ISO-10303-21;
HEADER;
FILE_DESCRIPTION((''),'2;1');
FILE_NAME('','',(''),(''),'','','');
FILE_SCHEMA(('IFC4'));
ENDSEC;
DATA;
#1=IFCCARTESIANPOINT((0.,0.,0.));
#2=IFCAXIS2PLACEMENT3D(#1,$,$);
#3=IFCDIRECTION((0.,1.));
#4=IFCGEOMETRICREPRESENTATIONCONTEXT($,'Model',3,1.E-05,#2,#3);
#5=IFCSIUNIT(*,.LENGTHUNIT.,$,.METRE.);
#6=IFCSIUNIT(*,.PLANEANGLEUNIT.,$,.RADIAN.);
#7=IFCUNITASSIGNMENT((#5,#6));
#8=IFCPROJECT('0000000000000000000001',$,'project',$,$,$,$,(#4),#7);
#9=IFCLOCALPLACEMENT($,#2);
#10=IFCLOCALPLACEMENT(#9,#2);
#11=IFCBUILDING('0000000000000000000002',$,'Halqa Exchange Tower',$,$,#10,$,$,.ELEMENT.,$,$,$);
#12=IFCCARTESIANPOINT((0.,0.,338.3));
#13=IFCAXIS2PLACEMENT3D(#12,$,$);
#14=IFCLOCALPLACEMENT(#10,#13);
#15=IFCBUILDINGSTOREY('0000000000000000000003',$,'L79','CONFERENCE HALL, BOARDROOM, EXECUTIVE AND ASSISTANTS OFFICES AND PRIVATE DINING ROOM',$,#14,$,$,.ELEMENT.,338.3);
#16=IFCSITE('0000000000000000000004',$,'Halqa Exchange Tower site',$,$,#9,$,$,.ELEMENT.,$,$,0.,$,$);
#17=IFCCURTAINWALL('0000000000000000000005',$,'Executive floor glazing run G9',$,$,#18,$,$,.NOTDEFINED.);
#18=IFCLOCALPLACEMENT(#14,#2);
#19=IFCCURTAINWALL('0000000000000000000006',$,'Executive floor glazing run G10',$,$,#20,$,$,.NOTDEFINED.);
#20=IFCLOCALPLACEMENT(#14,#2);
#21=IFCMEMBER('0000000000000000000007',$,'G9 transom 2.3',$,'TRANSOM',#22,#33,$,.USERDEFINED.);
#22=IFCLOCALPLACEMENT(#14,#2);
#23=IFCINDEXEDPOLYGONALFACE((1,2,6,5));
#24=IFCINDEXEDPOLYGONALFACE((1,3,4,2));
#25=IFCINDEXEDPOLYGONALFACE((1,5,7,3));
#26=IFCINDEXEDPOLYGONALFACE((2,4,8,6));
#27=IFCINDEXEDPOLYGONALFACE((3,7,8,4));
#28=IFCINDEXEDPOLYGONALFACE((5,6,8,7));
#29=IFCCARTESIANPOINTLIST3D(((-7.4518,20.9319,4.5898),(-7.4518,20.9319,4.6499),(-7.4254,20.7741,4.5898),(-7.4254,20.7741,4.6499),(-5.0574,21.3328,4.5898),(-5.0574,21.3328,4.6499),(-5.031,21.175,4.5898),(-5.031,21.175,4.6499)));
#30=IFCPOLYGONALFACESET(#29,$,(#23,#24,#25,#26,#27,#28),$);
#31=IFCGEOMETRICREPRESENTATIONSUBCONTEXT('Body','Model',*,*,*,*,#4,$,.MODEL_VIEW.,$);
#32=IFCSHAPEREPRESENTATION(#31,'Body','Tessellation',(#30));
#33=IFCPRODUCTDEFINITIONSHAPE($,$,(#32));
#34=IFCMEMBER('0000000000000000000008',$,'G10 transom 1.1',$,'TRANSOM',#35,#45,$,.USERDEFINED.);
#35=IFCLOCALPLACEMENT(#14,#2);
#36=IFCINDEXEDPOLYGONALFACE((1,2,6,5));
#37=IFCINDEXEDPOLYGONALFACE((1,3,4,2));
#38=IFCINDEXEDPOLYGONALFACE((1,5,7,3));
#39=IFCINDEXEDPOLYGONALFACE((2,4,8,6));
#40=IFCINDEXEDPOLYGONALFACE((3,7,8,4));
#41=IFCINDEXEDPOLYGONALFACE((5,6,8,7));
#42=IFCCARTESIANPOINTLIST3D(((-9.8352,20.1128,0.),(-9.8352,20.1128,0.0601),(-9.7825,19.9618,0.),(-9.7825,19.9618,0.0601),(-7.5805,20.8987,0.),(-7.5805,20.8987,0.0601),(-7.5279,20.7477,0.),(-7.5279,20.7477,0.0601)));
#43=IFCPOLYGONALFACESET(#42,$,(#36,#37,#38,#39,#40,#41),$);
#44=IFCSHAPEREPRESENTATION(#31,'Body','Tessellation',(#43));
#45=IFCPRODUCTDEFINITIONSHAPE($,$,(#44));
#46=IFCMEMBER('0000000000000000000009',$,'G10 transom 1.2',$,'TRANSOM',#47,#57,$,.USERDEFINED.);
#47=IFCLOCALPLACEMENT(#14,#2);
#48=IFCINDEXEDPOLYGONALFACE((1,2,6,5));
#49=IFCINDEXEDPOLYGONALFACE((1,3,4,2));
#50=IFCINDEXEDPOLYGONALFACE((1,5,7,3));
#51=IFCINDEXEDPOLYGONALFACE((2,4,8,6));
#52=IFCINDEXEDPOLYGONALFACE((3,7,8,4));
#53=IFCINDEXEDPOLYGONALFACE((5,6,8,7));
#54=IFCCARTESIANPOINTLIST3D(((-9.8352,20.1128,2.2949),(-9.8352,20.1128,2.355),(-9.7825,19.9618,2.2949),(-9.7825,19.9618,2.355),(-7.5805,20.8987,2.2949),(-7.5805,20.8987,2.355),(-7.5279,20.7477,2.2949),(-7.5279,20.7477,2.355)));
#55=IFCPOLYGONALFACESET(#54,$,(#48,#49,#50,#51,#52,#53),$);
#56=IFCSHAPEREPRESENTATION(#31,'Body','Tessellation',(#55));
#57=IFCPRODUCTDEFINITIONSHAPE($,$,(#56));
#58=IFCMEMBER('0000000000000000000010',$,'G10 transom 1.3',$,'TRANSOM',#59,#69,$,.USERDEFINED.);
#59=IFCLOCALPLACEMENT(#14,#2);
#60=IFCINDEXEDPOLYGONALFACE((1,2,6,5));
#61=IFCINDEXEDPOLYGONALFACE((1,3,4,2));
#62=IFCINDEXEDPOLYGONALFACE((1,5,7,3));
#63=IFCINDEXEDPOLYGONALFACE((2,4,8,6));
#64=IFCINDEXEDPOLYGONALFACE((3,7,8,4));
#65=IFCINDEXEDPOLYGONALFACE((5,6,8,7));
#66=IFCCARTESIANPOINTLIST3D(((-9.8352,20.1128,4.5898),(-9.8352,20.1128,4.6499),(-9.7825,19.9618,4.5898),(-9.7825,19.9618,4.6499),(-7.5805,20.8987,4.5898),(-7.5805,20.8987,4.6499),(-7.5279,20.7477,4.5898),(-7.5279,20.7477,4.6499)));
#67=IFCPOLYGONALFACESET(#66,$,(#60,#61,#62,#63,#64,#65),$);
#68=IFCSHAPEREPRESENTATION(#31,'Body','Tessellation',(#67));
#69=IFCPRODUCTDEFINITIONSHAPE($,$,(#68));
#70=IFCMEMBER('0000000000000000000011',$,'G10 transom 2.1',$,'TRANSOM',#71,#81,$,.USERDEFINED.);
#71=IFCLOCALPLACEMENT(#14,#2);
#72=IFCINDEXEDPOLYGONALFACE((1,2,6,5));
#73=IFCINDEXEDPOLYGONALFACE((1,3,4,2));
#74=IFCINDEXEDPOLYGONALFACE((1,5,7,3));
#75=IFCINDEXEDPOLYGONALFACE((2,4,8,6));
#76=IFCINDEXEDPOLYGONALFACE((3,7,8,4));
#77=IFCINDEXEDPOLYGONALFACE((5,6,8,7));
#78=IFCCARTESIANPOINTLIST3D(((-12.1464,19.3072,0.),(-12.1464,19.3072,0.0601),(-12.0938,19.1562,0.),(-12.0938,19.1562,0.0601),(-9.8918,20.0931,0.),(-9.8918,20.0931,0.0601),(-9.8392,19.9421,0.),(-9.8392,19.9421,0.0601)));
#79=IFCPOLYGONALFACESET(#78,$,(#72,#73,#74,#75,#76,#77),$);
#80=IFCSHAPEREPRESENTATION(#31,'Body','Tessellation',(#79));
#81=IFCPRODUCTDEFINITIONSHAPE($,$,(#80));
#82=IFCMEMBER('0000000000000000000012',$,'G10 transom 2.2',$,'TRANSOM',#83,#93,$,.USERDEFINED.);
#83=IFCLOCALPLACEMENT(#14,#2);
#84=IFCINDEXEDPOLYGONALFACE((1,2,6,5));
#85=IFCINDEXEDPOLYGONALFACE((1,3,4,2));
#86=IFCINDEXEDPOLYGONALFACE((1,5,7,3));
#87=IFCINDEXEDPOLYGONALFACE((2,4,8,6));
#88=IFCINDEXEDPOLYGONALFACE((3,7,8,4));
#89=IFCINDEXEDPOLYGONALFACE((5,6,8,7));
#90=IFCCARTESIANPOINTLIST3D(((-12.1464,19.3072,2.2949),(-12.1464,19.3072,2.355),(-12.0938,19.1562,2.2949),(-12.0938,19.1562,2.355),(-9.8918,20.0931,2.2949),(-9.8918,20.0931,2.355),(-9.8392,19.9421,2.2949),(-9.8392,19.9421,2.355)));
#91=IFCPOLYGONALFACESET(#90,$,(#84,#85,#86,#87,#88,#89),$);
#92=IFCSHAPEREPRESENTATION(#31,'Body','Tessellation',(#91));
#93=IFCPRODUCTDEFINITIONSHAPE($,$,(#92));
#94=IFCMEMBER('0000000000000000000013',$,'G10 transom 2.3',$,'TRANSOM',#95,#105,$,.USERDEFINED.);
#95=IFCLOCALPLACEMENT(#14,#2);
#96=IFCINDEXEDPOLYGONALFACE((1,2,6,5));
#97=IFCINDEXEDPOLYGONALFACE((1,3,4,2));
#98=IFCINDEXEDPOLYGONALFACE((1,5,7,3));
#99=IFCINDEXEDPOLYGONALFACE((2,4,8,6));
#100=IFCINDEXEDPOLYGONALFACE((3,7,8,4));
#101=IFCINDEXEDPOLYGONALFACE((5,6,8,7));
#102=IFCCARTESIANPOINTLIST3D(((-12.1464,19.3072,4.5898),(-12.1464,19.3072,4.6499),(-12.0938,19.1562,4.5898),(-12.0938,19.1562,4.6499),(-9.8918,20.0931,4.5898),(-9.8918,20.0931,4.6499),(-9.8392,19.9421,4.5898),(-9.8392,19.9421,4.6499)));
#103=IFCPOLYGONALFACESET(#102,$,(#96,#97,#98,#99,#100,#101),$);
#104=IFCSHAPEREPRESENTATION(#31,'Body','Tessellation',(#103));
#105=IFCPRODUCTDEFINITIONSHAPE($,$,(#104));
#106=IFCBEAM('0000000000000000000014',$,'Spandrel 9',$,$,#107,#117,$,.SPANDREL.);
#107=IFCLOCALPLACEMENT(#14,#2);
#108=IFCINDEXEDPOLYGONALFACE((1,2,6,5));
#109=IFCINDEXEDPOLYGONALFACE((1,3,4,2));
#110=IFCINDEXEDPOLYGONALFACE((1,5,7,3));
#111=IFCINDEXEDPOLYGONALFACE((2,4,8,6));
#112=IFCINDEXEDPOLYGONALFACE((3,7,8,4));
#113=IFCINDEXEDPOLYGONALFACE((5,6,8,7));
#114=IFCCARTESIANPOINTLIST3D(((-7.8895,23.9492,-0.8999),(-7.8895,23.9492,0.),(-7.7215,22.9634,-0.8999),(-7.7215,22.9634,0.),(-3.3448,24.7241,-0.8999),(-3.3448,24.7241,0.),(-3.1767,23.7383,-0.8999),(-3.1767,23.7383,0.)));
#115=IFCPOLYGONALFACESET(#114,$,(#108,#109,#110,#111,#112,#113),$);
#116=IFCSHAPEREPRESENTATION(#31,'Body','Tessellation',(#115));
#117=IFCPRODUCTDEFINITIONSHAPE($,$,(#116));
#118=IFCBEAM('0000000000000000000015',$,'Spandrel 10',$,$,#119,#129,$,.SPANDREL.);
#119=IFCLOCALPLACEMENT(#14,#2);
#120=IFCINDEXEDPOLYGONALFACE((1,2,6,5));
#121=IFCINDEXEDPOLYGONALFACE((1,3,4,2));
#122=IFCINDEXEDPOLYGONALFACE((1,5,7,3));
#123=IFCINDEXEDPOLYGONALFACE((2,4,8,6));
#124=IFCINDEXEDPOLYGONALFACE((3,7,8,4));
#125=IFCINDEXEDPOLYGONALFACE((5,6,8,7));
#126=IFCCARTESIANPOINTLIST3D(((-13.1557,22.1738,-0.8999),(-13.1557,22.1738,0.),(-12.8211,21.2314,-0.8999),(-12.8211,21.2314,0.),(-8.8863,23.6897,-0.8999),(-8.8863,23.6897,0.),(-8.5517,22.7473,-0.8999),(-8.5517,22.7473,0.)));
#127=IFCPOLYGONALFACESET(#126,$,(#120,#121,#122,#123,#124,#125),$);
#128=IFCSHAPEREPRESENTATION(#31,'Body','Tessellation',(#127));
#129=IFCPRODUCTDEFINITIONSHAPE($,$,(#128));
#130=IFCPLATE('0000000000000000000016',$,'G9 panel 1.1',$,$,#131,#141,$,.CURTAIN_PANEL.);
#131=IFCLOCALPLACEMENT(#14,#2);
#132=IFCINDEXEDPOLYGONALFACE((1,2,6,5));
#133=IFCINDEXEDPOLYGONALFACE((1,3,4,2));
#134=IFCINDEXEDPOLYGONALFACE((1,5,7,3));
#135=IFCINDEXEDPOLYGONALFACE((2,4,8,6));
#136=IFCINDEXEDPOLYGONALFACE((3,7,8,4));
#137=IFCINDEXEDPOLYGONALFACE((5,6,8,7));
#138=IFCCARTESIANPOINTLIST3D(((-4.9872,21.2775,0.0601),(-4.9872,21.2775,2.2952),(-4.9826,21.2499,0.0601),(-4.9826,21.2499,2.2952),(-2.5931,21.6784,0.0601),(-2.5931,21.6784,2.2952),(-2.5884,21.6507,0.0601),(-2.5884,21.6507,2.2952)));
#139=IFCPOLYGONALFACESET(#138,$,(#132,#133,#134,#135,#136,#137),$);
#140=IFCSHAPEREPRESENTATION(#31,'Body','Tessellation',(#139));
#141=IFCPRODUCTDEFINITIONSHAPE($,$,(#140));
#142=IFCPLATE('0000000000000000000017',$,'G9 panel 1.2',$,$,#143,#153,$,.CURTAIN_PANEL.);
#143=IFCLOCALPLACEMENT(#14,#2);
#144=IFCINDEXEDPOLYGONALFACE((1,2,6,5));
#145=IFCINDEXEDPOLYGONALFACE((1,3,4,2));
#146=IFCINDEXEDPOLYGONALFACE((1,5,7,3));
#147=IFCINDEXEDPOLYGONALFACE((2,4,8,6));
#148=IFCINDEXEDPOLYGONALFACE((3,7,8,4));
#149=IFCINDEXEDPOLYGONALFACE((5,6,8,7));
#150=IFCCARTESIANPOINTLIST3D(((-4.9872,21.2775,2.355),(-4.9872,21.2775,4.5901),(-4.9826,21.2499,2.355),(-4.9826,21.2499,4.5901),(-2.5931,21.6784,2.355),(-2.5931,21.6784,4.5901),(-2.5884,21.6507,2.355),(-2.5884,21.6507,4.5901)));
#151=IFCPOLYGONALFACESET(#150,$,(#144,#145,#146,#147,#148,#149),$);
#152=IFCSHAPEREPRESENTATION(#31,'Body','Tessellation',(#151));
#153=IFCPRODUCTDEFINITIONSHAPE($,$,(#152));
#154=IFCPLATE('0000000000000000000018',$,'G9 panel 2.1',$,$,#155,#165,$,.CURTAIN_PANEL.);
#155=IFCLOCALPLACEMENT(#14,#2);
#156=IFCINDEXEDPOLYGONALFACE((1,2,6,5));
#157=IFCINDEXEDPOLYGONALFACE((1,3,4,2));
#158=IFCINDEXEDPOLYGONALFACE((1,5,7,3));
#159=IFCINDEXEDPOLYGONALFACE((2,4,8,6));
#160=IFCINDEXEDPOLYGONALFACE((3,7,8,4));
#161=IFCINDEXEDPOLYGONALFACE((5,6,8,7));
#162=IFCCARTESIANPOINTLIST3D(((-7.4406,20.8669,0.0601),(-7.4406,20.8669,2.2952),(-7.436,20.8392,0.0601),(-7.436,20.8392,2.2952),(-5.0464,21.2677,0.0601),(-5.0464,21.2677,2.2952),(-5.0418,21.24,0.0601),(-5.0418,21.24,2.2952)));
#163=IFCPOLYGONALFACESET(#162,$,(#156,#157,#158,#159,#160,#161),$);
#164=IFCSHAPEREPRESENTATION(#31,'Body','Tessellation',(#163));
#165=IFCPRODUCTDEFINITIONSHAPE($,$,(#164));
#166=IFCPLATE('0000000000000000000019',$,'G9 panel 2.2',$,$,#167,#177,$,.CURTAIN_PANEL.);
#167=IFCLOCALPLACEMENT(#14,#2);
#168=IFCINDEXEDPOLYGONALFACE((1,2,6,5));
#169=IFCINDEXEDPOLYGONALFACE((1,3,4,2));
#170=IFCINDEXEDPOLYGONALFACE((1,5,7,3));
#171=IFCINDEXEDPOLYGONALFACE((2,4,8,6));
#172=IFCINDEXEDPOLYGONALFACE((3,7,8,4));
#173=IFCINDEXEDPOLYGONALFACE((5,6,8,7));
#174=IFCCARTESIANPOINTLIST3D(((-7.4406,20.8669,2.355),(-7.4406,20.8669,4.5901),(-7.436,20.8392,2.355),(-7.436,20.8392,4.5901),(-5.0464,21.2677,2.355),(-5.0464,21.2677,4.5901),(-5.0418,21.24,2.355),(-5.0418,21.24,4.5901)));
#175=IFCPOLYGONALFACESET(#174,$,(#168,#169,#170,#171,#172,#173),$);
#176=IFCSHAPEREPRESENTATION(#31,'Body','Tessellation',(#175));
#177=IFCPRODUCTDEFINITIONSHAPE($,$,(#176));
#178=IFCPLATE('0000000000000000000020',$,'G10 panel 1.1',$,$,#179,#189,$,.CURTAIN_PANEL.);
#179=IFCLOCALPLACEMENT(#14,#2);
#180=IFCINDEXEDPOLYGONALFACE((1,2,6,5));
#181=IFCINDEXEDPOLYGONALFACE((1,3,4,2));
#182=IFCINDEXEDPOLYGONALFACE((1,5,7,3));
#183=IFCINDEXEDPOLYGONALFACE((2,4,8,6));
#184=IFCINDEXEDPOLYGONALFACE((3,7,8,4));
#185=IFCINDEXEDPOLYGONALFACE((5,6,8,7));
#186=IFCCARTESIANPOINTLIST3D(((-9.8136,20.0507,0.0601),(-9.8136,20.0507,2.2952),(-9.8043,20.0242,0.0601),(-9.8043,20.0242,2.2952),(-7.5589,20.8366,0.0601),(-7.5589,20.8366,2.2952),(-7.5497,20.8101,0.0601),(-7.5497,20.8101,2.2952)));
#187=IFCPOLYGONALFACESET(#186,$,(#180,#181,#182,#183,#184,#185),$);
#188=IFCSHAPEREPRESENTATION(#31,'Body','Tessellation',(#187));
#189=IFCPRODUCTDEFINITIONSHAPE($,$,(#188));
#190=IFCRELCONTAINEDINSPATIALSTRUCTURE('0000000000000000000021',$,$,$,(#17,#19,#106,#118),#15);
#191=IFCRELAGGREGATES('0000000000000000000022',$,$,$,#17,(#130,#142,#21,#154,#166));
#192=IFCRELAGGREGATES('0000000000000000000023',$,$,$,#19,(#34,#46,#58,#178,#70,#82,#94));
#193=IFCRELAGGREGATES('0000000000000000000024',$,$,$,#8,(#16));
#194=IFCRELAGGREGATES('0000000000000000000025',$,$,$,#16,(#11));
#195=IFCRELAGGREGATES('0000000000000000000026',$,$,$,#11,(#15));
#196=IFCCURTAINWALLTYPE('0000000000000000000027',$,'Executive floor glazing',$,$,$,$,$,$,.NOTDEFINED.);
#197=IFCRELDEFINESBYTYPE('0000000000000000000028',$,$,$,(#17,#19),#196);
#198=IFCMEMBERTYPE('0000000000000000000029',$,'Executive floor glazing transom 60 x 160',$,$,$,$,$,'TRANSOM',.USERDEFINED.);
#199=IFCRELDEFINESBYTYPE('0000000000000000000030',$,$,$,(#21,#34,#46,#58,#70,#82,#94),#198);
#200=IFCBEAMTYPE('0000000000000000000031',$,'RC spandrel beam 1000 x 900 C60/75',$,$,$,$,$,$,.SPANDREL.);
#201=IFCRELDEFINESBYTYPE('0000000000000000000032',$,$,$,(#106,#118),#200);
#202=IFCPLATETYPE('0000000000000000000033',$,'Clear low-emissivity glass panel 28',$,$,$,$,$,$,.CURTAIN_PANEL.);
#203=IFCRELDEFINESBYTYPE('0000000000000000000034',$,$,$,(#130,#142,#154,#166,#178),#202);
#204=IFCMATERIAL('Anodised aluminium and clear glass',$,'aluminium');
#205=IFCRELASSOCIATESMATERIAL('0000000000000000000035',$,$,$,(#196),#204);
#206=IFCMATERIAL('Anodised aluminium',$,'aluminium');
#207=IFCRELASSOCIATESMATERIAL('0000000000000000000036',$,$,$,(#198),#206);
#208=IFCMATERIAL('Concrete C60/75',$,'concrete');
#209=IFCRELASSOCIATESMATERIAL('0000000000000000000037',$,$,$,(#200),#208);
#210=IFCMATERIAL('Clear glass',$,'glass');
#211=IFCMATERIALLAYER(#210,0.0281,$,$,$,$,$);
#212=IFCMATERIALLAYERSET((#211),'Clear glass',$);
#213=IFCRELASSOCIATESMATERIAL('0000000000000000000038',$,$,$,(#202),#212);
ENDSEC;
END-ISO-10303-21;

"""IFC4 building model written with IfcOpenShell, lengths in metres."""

from ifc_helpers import new_model, si_unit, direction, frame, origin, origin_2d, place, context, subcontext, project, spatial, rectangle, extrude, material, layer, layer_set, material_profile, profile_set, type_object, element, aggregate, save


model = new_model("IFC4")

# Units and contexts
model_context = context("Model", 3, precision=1e-05, world=origin(), true_north=direction((0.0, 1.0)))
body_context = subcontext(model_context, "Body", "Model", "MODEL_VIEW")
ifc_project = project(units=[si_unit("LENGTHUNIT", "METRE"), si_unit("PLANEANGLEUNIT", "RADIAN")], contexts=[model_context])

# Site, building, storey
site_placement = place(None, origin())
site = spatial("IfcSite", under=ifc_project, at=site_placement, Name="Halqa Exchange Tower site", CompositionType="ELEMENT", RefElevation=0.0)
building_placement = place(site_placement, origin())
building = spatial("IfcBuilding", under=site, at=building_placement, Name="Halqa Exchange Tower", CompositionType="ELEMENT")
storey_placement = place(building_placement, frame((0.0, 0.0, 338.3)))
storey = spatial("IfcBuildingStorey", under=building, at=storey_placement, Name="L79", Description="CONFERENCE HALL, BOARDROOM, EXECUTIVE AND ASSISTANTS OFFICES AND PRIVATE DINING ROOM", CompositionType="ELEMENT", Elevation=338.3)

# Curtain walls
ifc_material_1 = material(Name="Anodised aluminium and clear glass", Category="aluminium")
curtain_wall_type = type_object("IfcCurtainWallType", Name="Executive floor glazing", PredefinedType="NOTDEFINED", material=ifc_material_1)
curtain_wall_1_placement = place(storey_placement, origin())
curtain_wall_1 = element("IfcCurtainWall", 1, at=curtain_wall_1_placement, inside=storey, type_object=curtain_wall_type, Name="Executive floor glazing run G9", PredefinedType="NOTDEFINED")
ifc_material_2 = material(Name="Anodised aluminium", Category="aluminium")
curtain_wall_2_placement = place(storey_placement, origin())
curtain_wall_2 = element("IfcCurtainWall", 2, at=curtain_wall_2_placement, inside=storey, type_object=curtain_wall_type, Name="Executive floor glazing run G10", PredefinedType="NOTDEFINED")

# Members
ifc_material_profile_1 = material_profile(ifc_material_2, rectangle(XDim=0.1599, YDim=0.0601, at=origin_2d()), Name="AL 60x160")
ifc_profile_set_1 = profile_set([ifc_material_profile_1], Name="Anodised aluminium")
member_type_1 = type_object("IfcMemberType", Name="Executive floor glazing transom 60 x 160", ElementType="TRANSOM", PredefinedType="USERDEFINED", material=ifc_profile_set_1)
member_1_placement = place(storey_placement, frame((-5.0442, 21.2539, 4.6199), z_axis=(-0.986271, -0.165133, 0.0), x_axis=(0.165133, -0.986271, 0.0)))
member_1 = element("IfcMember", 3, at=member_1_placement, type_object=member_type_1, Name="G9 transom 2.3", ObjectType="TRANSOM", PredefinedType="USERDEFINED", context=body_context, shape_type="SweptSolid", body=[
    extrude(rectangle(XDim=0.1599, YDim=0.0601, at=origin_2d()), origin(), (0.0, 0.0, 1.0), 2.4277),
])
member_2_placement = place(storey_placement, frame((-7.5542, 20.8232, 0.03), z_axis=(-0.94428, -0.329143, 0.0), x_axis=(0.329143, -0.94428, 0.0)))
member_2 = element("IfcMember", 4, at=member_2_placement, type_object=member_type_1, Name="G10 transom 1.1", ObjectType="TRANSOM", PredefinedType="USERDEFINED", context=body_context, shape_type="SweptSolid", body=[
    extrude(rectangle(XDim=0.1599, YDim=0.0601, at=origin_2d()), origin(), (0.0, 0.0, 1.0), 2.3877),
])
member_3_placement = place(storey_placement, frame((-7.5542, 20.8232, 2.325), z_axis=(-0.94428, -0.329143, 0.0), x_axis=(0.329143, -0.94428, 0.0)))
member_3 = element("IfcMember", 5, at=member_3_placement, type_object=member_type_1, Name="G10 transom 1.2", ObjectType="TRANSOM", PredefinedType="USERDEFINED", context=body_context, shape_type="SweptSolid", body=[
    extrude(rectangle(XDim=0.1599, YDim=0.0601, at=origin_2d()), origin(), (0.0, 0.0, 1.0), 2.3877),
])
member_4_placement = place(storey_placement, frame((-7.5542, 20.8232, 4.6199), z_axis=(-0.94428, -0.329143, 0.0), x_axis=(0.329143, -0.94428, 0.0)))
member_4 = element("IfcMember", 6, at=member_4_placement, type_object=member_type_1, Name="G10 transom 1.3", ObjectType="TRANSOM", PredefinedType="USERDEFINED", context=body_context, shape_type="SweptSolid", body=[
    extrude(rectangle(XDim=0.1599, YDim=0.0601, at=origin_2d()), origin(), (0.0, 0.0, 1.0), 2.3877),
])
member_5_placement = place(storey_placement, frame((-9.8655, 20.0176, 0.03), z_axis=(-0.94428, -0.329143, 0.0), x_axis=(0.329143, -0.94428, 0.0)))
member_5 = element("IfcMember", 7, at=member_5_placement, type_object=member_type_1, Name="G10 transom 2.1", ObjectType="TRANSOM", PredefinedType="USERDEFINED", context=body_context, shape_type="SweptSolid", body=[
    extrude(rectangle(XDim=0.1599, YDim=0.0601, at=origin_2d()), origin(), (0.0, 0.0, 1.0), 2.3877),
])
member_6_placement = place(storey_placement, frame((-9.8655, 20.0176, 2.325), z_axis=(-0.94428, -0.329143, 0.0), x_axis=(0.329143, -0.94428, 0.0)))
member_6 = element("IfcMember", 8, at=member_6_placement, type_object=member_type_1, Name="G10 transom 2.2", ObjectType="TRANSOM", PredefinedType="USERDEFINED", context=body_context, shape_type="SweptSolid", body=[
    extrude(rectangle(XDim=0.1599, YDim=0.0601, at=origin_2d()), origin(), (0.0, 0.0, 1.0), 2.3877),
])
member_7_placement = place(storey_placement, frame((-9.8655, 20.0176, 4.6199), z_axis=(-0.94428, -0.329143, 0.0), x_axis=(0.329143, -0.94428, 0.0)))
member_7 = element("IfcMember", 9, at=member_7_placement, type_object=member_type_1, Name="G10 transom 2.3", ObjectType="TRANSOM", PredefinedType="USERDEFINED", context=body_context, shape_type="SweptSolid", body=[
    extrude(rectangle(XDim=0.1599, YDim=0.0601, at=origin_2d()), origin(), (0.0, 0.0, 1.0), 2.3877),
])

# Beams
ifc_material_3 = material(Name="Concrete C60/75", Category="concrete")
ifc_material_profile_2 = material_profile(ifc_material_3, rectangle(XDim=1.0, YDim=0.8999, at=origin_2d()), Name="1000 x 900")
ifc_profile_set_2 = profile_set([ifc_material_profile_2], Name="Concrete C60/75")
beam_type = type_object("IfcBeamType", Name="RC spandrel beam 1000 x 900 C60/75", PredefinedType="SPANDREL", material=ifc_profile_set_2)
beam_1_placement = place(storey_placement, frame((-3.2607, 24.2312, -0.45), z_axis=(-0.985773, -0.168082, 0.0), x_axis=(0.168082, -0.985773, 0.0)))
element("IfcBeam", 10, at=beam_1_placement, inside=storey, type_object=beam_type, Name="Spandrel 9", PredefinedType="SPANDREL", context=body_context, shape_type="SweptSolid", body=[
    extrude(rectangle(XDim=1.0, YDim=0.8999, at=origin_2d()), origin(), (0.0, 0.0, 1.0), 4.6104),
])
beam_2_placement = place(storey_placement, frame((-8.719, 23.2185, -0.45), z_axis=(-0.942361, -0.334598, 0.0), x_axis=(0.334598, -0.942361, 0.0)))
element("IfcBeam", 11, at=beam_2_placement, inside=storey, type_object=beam_type, Name="Spandrel 10", PredefinedType="SPANDREL", context=body_context, shape_type="SweptSolid", body=[
    extrude(rectangle(XDim=1.0, YDim=0.8999, at=origin_2d()), origin(), (0.0, 0.0, 1.0), 4.5305),
])

# Plates
ifc_material_4 = material(Name="Clear glass", Category="glass")
ifc_layer = layer(ifc_material_4, 0.0281)
ifc_layer_set = layer_set([ifc_layer], Name="Clear glass")
plate_type = type_object("IfcPlateType", Name="Clear low-emissivity glass panel 28", PredefinedType="CURTAIN_PANEL", material=ifc_layer_set)
plate_1_placement = place(storey_placement, frame((-3.7878, 21.4641, 0.0601), z_axis=(0.0, 0.0, 1.0), x_axis=(-0.986274, -0.165117, 0.0)))
plate_1 = element("IfcPlate", 12, at=plate_1_placement, type_object=plate_type, Name="G9 panel 1.1", PredefinedType="CURTAIN_PANEL", context=body_context, shape_type="SweptSolid", body=[
    extrude(rectangle(XDim=2.4275, YDim=0.0281, at=origin_2d()), origin(), (0.0, 0.0, 1.0), 2.2351),
])
plate_2_placement = place(storey_placement, frame((-3.7878, 21.4641, 2.355), z_axis=(0.0, 0.0, 1.0), x_axis=(-0.986274, -0.165117, 0.0)))
plate_2 = element("IfcPlate", 13, at=plate_2_placement, type_object=plate_type, Name="G9 panel 1.2", PredefinedType="CURTAIN_PANEL", context=body_context, shape_type="SweptSolid", body=[
    extrude(rectangle(XDim=2.4275, YDim=0.0281, at=origin_2d()), origin(), (0.0, 0.0, 1.0), 2.2351),
])
plate_3_placement = place(storey_placement, frame((-6.2412, 21.0535, 0.0601), z_axis=(0.0, 0.0, 1.0), x_axis=(-0.986274, -0.165117, 0.0)))
plate_3 = element("IfcPlate", 14, at=plate_3_placement, type_object=plate_type, Name="G9 panel 2.1", PredefinedType="CURTAIN_PANEL", context=body_context, shape_type="SweptSolid", body=[
    extrude(rectangle(XDim=2.4275, YDim=0.0281, at=origin_2d()), origin(), (0.0, 0.0, 1.0), 2.2351),
])
plate_4_placement = place(storey_placement, frame((-6.2412, 21.0535, 2.355), z_axis=(0.0, 0.0, 1.0), x_axis=(-0.986274, -0.165117, 0.0)))
plate_4 = element("IfcPlate", 15, at=plate_4_placement, type_object=plate_type, Name="G9 panel 2.2", PredefinedType="CURTAIN_PANEL", context=body_context, shape_type="SweptSolid", body=[
    extrude(rectangle(XDim=2.4275, YDim=0.0281, at=origin_2d()), origin(), (0.0, 0.0, 1.0), 2.2351),
])
aggregate(curtain_wall_1, [plate_1, plate_2, member_1, plate_3, plate_4])
plate_5_placement = place(storey_placement, frame((-8.6816, 20.4304, 0.0601), z_axis=(0.0, 0.0, 1.0), x_axis=(-0.944274, -0.32916, 0.0)))
plate_5 = element("IfcPlate", 16, at=plate_5_placement, type_object=plate_type, Name="G10 panel 1.1", PredefinedType="CURTAIN_PANEL", context=body_context, shape_type="SweptSolid", body=[
    extrude(rectangle(XDim=2.3877, YDim=0.0281, at=origin_2d()), origin(), (0.0, 0.0, 1.0), 2.2351),
])
aggregate(curtain_wall_2, [member_2, member_3, member_4, plate_5, member_5, member_6, member_7])

save(model, "model.ifc")
